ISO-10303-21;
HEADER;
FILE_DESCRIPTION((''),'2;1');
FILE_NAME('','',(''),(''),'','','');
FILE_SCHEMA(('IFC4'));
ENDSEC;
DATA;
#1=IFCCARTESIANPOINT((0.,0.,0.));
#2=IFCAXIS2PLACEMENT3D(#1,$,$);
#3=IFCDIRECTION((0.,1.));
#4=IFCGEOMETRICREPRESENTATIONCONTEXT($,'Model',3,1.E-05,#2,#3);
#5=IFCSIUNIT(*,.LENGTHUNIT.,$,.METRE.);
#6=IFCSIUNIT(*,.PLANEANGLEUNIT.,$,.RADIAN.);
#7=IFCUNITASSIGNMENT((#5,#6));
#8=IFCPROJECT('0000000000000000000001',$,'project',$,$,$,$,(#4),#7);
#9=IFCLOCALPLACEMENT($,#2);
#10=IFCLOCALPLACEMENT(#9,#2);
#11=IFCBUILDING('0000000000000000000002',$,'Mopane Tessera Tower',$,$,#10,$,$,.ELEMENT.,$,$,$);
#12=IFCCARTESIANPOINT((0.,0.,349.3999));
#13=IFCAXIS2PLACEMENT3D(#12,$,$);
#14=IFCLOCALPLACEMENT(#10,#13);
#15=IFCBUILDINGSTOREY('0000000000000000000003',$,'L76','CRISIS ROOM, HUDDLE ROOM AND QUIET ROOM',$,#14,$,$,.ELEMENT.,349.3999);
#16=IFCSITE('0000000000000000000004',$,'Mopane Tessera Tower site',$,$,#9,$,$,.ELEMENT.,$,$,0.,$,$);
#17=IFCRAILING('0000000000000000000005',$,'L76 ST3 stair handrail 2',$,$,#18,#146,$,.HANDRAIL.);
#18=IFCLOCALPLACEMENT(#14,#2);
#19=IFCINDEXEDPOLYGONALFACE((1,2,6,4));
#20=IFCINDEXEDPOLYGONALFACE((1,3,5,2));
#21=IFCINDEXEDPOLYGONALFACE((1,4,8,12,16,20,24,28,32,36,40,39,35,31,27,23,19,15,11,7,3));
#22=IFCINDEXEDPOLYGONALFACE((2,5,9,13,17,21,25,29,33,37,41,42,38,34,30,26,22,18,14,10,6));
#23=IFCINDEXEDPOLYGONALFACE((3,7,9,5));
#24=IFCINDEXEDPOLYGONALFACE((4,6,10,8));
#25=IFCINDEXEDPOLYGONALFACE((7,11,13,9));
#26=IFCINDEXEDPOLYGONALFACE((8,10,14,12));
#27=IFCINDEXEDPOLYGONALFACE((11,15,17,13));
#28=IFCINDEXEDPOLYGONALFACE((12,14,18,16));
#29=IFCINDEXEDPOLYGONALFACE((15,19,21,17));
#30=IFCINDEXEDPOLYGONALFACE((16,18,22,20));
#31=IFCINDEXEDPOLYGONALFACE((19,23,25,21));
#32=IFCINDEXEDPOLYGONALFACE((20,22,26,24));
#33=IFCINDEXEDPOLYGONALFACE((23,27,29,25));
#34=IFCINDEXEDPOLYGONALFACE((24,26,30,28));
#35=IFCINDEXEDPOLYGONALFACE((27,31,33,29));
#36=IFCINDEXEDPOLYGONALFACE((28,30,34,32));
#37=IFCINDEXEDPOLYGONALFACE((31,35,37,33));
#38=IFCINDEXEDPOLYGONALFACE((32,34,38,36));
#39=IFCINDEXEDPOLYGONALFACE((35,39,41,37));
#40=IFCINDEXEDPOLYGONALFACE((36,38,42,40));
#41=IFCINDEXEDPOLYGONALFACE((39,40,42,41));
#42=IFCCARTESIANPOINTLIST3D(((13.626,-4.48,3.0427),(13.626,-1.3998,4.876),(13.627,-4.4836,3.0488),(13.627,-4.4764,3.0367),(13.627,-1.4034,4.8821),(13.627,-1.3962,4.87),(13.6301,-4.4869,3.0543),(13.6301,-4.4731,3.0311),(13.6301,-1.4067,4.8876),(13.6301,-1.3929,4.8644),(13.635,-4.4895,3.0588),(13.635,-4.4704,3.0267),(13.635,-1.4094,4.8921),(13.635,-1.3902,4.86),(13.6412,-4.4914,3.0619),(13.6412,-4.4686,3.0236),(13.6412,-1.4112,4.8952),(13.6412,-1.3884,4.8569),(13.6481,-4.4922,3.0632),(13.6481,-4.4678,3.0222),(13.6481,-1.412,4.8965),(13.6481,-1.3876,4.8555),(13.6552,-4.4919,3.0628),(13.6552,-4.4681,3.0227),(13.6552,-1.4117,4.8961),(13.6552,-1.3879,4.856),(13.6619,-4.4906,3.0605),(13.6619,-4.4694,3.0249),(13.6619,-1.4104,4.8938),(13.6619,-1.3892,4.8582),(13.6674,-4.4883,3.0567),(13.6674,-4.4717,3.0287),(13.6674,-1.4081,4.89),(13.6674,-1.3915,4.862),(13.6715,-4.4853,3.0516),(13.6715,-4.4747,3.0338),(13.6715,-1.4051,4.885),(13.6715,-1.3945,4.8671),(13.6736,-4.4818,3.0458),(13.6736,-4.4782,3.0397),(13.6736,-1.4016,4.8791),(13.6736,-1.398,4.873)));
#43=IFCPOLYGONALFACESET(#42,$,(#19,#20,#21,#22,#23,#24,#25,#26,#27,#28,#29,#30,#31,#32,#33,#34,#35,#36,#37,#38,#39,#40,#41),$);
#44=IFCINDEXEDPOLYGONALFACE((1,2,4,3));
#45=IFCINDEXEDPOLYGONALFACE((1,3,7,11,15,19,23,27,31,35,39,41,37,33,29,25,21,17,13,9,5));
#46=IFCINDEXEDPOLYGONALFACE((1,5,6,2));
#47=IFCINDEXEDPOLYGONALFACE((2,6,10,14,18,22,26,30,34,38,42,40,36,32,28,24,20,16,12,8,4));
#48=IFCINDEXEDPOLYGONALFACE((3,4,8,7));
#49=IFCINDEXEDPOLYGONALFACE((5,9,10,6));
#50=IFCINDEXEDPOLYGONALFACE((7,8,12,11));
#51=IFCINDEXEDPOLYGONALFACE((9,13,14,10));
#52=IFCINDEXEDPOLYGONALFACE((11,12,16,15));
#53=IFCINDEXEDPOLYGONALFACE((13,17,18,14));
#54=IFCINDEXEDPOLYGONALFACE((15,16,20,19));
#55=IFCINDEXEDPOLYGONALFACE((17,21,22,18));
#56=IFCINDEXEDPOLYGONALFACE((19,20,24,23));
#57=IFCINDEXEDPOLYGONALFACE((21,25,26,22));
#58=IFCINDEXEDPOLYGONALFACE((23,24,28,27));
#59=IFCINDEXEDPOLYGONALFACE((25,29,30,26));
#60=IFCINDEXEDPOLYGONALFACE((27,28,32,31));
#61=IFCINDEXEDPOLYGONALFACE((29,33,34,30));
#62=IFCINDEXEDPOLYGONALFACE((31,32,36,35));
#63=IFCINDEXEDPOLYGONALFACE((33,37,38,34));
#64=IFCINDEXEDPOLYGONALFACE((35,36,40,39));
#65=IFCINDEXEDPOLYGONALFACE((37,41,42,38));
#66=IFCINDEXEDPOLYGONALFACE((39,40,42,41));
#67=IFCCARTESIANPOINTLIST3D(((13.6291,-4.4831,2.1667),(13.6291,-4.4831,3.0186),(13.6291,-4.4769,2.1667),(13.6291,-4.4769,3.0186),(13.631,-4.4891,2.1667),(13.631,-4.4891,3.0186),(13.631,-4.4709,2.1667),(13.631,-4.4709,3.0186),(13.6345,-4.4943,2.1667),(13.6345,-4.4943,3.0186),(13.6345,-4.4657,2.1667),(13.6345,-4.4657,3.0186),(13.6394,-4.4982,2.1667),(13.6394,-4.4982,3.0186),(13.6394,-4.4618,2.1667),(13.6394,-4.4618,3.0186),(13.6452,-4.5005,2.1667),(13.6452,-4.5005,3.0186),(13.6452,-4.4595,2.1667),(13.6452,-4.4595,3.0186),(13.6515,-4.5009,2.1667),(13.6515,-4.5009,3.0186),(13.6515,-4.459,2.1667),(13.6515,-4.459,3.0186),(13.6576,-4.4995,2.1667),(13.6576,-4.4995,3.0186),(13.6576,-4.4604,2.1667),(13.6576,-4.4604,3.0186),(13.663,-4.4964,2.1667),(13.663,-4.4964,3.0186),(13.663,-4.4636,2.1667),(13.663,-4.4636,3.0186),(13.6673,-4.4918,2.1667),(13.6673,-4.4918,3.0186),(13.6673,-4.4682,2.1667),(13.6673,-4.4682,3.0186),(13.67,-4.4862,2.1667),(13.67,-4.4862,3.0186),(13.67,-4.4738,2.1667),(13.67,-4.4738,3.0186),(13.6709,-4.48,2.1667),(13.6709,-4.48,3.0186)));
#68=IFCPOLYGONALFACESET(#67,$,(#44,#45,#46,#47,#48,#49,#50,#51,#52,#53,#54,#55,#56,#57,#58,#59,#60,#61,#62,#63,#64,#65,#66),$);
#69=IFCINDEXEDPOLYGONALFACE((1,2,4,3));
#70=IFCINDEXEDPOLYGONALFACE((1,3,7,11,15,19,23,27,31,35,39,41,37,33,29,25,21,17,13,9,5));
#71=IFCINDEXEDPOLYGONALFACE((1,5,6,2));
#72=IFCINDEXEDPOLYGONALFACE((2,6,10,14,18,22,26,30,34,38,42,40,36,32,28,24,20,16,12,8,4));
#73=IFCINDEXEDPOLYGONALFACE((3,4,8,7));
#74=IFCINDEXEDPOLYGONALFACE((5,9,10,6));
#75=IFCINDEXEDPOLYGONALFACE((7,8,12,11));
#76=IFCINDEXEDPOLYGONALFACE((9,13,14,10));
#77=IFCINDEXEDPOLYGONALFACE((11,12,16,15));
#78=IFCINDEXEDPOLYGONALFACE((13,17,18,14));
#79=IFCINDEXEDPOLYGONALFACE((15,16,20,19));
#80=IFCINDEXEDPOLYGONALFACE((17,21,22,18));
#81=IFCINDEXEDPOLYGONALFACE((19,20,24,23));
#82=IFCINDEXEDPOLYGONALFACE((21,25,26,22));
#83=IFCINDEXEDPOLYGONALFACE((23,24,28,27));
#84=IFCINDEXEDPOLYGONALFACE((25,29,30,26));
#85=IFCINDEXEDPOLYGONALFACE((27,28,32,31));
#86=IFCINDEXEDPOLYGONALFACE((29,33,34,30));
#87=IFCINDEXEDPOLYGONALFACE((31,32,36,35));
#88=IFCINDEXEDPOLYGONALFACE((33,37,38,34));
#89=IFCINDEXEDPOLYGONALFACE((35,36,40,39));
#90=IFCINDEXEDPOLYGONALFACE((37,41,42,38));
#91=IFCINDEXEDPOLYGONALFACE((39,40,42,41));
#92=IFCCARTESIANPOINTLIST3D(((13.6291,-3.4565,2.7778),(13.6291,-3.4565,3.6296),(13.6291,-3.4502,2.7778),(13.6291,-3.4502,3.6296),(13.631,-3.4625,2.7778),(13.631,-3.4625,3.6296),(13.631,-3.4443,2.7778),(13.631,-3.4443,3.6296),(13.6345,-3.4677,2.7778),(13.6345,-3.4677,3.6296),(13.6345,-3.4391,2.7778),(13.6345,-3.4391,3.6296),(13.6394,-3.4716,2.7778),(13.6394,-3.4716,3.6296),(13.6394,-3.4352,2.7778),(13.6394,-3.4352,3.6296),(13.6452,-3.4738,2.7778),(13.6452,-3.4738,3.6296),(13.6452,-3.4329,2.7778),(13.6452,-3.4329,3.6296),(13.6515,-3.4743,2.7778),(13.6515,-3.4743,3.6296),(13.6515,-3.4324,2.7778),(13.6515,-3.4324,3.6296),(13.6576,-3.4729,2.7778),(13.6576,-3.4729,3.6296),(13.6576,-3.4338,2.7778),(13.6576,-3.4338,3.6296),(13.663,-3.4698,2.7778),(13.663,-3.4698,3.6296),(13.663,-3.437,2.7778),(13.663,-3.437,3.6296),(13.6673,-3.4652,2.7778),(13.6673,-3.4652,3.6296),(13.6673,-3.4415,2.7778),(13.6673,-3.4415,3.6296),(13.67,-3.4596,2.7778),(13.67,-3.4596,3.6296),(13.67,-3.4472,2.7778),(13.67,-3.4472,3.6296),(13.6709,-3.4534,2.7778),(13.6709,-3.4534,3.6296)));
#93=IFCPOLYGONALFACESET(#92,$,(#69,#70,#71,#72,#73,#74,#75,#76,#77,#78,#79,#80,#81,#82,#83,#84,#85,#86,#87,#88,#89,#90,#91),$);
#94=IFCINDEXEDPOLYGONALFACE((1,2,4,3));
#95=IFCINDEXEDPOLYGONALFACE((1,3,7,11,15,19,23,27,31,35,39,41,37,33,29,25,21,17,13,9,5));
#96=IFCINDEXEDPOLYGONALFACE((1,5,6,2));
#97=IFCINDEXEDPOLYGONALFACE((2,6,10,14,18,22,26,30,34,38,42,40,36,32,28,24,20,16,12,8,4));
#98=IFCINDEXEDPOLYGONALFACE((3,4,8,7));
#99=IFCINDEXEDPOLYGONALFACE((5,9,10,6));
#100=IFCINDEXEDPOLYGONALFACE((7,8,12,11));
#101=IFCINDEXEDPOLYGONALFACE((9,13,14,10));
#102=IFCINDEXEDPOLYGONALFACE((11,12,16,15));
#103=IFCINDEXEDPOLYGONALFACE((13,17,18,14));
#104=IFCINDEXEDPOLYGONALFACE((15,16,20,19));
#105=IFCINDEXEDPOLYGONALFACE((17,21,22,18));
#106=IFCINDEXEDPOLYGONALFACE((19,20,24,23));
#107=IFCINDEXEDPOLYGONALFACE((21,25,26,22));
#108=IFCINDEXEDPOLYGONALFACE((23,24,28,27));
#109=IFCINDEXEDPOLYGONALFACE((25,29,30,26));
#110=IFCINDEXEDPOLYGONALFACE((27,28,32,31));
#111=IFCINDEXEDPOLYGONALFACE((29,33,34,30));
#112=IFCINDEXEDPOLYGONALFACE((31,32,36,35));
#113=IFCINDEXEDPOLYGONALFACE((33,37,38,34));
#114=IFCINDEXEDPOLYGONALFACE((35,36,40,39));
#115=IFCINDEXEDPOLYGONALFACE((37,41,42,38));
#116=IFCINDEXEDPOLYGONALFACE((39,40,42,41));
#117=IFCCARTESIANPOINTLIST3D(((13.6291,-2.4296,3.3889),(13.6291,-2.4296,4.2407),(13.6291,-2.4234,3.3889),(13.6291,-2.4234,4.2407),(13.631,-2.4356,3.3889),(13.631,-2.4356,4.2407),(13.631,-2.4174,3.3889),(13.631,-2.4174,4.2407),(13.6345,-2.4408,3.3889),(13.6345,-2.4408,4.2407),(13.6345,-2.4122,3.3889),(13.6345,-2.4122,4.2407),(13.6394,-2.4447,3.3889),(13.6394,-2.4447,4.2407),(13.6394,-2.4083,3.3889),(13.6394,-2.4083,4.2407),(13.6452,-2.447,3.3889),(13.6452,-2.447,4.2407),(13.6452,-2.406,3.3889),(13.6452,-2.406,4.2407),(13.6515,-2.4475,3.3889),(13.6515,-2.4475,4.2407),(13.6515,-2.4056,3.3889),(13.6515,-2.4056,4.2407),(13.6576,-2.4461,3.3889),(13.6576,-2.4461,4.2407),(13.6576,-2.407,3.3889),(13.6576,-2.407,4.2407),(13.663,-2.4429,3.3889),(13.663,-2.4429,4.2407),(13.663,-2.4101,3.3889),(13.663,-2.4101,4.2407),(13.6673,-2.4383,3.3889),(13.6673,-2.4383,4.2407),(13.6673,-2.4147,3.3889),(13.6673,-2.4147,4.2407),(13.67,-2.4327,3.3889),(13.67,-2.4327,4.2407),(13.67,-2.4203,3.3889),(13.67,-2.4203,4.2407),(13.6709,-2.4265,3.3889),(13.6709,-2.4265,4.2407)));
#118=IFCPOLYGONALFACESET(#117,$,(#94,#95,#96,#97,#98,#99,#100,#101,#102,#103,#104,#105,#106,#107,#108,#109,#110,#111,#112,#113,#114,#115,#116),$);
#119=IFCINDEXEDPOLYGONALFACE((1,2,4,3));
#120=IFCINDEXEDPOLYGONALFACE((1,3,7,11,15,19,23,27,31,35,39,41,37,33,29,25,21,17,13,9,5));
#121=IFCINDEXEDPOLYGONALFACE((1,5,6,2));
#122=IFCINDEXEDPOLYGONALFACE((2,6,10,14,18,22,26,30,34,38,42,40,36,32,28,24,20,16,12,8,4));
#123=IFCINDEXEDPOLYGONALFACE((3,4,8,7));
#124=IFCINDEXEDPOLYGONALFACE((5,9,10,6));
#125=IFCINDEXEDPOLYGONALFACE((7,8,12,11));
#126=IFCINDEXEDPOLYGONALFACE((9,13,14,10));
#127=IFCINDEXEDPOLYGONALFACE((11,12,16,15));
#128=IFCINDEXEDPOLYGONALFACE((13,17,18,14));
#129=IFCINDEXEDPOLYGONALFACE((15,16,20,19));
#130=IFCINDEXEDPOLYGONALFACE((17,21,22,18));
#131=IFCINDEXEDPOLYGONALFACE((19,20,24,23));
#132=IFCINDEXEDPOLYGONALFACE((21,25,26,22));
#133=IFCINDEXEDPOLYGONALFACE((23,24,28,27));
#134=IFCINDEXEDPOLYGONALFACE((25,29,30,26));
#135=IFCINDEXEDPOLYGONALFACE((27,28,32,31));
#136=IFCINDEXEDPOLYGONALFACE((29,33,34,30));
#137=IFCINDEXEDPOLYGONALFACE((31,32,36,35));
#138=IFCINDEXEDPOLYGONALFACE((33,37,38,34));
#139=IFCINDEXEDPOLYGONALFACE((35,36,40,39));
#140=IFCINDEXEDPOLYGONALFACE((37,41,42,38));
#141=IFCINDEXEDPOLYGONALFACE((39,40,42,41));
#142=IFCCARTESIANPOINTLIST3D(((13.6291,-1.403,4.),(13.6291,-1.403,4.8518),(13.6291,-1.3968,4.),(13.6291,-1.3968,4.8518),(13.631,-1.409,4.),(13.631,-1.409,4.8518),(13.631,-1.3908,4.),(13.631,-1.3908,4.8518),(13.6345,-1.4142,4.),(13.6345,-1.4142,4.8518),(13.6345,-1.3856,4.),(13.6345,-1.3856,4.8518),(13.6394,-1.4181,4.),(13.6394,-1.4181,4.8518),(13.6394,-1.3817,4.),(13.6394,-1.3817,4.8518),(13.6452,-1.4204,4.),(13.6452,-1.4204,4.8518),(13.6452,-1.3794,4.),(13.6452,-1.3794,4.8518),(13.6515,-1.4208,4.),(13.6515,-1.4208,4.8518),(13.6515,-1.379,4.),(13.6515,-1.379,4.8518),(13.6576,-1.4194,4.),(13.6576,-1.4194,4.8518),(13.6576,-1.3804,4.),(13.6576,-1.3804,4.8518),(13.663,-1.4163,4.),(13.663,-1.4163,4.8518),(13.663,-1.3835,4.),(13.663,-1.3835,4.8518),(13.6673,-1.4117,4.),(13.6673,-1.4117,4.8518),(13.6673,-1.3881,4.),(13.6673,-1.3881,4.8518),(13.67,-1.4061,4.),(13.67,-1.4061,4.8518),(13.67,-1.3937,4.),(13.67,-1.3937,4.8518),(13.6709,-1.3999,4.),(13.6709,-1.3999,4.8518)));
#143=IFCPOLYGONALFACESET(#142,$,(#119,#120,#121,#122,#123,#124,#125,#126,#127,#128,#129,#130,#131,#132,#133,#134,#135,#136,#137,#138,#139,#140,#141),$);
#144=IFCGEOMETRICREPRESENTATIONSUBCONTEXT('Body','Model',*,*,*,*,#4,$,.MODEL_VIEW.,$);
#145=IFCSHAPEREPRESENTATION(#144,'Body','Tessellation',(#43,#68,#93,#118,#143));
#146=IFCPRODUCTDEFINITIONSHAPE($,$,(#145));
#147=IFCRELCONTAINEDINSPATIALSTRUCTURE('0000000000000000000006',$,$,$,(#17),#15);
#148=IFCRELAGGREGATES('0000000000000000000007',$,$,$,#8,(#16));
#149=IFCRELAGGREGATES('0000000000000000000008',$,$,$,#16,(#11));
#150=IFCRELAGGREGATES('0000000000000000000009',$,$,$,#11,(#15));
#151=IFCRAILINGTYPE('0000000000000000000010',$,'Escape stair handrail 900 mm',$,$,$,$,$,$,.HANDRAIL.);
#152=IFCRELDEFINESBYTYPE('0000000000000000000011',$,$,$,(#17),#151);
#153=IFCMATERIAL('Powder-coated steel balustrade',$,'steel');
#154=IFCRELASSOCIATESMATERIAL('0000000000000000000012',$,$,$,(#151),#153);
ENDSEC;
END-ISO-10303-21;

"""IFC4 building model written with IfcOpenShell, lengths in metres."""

from ifc_helpers import new_model, si_unit, direction, frame, origin, origin_2d, place, context, subcontext, project, spatial, circle, extrude, material, type_object, element, save


model = new_model("IFC4")

# Units and contexts
model_context = context("Model", 3, precision=1e-05, world=origin(), true_north=direction((0.0, 1.0)))
body_context = subcontext(model_context, "Body", "Model", "MODEL_VIEW")
ifc_project = project(units=[si_unit("LENGTHUNIT", "METRE"), si_unit("PLANEANGLEUNIT", "RADIAN")], contexts=[model_context])

# Site, building, storey
site_placement = place(None, origin())
site = spatial("IfcSite", under=ifc_project, at=site_placement, Name="Mopane Tessera Tower site", CompositionType="ELEMENT", RefElevation=0.0)
building_placement = place(site_placement, origin())
building = spatial("IfcBuilding", under=site, at=building_placement, Name="Mopane Tessera Tower", CompositionType="ELEMENT")
storey_placement = place(building_placement, frame((0.0, 0.0, 349.3999)))
storey = spatial("IfcBuildingStorey", under=building, at=storey_placement, Name="L76", Description="CRISIS ROOM, HUDDLE ROOM AND QUIET ROOM", CompositionType="ELEMENT", Elevation=349.3999)

# Railing
ifc_material_1 = material(Name="Powder-coated steel balustrade", Category="steel")
railing_type_1 = type_object("IfcRailingType", Name="Escape stair handrail 900 mm", PredefinedType="HANDRAIL", material=ifc_material_1)
railing_1_placement = place(storey_placement, frame((13.6499, -4.48, 2.1667)))
element("IfcRailing", 1, at=railing_1_placement, inside=storey, type_object=railing_type_1, Name="L76 ST3 stair handrail 2", PredefinedType="HANDRAIL", context=body_context, shape_type="SweptSolid", body=[
    extrude(circle(Radius=0.0239, at=origin_2d()), frame((0.0, 0.0, 0.876), z_axis=(0.0, 0.859309, 0.511458), x_axis=(-1.0, 0.0, 0.0)), (0.0, 0.0, 1.0), 3.5845),
    extrude(circle(Radius=0.021, at=origin_2d()), origin(), (0.0, 0.0, 1.0), 0.8518),
    extrude(circle(Radius=0.021, at=origin_2d()), frame((0.0, 1.0266, 0.6111)), (0.0, 0.0, 1.0), 0.8518),
    extrude(circle(Radius=0.021, at=origin_2d()), frame((0.0, 2.0535, 1.2222)), (0.0, 0.0, 1.0), 0.8518),
    extrude(circle(Radius=0.021, at=origin_2d()), frame((0.0, 3.0801, 1.8333)), (0.0, 0.0, 1.0), 0.8518),
])

save(model, "model.ifc")
